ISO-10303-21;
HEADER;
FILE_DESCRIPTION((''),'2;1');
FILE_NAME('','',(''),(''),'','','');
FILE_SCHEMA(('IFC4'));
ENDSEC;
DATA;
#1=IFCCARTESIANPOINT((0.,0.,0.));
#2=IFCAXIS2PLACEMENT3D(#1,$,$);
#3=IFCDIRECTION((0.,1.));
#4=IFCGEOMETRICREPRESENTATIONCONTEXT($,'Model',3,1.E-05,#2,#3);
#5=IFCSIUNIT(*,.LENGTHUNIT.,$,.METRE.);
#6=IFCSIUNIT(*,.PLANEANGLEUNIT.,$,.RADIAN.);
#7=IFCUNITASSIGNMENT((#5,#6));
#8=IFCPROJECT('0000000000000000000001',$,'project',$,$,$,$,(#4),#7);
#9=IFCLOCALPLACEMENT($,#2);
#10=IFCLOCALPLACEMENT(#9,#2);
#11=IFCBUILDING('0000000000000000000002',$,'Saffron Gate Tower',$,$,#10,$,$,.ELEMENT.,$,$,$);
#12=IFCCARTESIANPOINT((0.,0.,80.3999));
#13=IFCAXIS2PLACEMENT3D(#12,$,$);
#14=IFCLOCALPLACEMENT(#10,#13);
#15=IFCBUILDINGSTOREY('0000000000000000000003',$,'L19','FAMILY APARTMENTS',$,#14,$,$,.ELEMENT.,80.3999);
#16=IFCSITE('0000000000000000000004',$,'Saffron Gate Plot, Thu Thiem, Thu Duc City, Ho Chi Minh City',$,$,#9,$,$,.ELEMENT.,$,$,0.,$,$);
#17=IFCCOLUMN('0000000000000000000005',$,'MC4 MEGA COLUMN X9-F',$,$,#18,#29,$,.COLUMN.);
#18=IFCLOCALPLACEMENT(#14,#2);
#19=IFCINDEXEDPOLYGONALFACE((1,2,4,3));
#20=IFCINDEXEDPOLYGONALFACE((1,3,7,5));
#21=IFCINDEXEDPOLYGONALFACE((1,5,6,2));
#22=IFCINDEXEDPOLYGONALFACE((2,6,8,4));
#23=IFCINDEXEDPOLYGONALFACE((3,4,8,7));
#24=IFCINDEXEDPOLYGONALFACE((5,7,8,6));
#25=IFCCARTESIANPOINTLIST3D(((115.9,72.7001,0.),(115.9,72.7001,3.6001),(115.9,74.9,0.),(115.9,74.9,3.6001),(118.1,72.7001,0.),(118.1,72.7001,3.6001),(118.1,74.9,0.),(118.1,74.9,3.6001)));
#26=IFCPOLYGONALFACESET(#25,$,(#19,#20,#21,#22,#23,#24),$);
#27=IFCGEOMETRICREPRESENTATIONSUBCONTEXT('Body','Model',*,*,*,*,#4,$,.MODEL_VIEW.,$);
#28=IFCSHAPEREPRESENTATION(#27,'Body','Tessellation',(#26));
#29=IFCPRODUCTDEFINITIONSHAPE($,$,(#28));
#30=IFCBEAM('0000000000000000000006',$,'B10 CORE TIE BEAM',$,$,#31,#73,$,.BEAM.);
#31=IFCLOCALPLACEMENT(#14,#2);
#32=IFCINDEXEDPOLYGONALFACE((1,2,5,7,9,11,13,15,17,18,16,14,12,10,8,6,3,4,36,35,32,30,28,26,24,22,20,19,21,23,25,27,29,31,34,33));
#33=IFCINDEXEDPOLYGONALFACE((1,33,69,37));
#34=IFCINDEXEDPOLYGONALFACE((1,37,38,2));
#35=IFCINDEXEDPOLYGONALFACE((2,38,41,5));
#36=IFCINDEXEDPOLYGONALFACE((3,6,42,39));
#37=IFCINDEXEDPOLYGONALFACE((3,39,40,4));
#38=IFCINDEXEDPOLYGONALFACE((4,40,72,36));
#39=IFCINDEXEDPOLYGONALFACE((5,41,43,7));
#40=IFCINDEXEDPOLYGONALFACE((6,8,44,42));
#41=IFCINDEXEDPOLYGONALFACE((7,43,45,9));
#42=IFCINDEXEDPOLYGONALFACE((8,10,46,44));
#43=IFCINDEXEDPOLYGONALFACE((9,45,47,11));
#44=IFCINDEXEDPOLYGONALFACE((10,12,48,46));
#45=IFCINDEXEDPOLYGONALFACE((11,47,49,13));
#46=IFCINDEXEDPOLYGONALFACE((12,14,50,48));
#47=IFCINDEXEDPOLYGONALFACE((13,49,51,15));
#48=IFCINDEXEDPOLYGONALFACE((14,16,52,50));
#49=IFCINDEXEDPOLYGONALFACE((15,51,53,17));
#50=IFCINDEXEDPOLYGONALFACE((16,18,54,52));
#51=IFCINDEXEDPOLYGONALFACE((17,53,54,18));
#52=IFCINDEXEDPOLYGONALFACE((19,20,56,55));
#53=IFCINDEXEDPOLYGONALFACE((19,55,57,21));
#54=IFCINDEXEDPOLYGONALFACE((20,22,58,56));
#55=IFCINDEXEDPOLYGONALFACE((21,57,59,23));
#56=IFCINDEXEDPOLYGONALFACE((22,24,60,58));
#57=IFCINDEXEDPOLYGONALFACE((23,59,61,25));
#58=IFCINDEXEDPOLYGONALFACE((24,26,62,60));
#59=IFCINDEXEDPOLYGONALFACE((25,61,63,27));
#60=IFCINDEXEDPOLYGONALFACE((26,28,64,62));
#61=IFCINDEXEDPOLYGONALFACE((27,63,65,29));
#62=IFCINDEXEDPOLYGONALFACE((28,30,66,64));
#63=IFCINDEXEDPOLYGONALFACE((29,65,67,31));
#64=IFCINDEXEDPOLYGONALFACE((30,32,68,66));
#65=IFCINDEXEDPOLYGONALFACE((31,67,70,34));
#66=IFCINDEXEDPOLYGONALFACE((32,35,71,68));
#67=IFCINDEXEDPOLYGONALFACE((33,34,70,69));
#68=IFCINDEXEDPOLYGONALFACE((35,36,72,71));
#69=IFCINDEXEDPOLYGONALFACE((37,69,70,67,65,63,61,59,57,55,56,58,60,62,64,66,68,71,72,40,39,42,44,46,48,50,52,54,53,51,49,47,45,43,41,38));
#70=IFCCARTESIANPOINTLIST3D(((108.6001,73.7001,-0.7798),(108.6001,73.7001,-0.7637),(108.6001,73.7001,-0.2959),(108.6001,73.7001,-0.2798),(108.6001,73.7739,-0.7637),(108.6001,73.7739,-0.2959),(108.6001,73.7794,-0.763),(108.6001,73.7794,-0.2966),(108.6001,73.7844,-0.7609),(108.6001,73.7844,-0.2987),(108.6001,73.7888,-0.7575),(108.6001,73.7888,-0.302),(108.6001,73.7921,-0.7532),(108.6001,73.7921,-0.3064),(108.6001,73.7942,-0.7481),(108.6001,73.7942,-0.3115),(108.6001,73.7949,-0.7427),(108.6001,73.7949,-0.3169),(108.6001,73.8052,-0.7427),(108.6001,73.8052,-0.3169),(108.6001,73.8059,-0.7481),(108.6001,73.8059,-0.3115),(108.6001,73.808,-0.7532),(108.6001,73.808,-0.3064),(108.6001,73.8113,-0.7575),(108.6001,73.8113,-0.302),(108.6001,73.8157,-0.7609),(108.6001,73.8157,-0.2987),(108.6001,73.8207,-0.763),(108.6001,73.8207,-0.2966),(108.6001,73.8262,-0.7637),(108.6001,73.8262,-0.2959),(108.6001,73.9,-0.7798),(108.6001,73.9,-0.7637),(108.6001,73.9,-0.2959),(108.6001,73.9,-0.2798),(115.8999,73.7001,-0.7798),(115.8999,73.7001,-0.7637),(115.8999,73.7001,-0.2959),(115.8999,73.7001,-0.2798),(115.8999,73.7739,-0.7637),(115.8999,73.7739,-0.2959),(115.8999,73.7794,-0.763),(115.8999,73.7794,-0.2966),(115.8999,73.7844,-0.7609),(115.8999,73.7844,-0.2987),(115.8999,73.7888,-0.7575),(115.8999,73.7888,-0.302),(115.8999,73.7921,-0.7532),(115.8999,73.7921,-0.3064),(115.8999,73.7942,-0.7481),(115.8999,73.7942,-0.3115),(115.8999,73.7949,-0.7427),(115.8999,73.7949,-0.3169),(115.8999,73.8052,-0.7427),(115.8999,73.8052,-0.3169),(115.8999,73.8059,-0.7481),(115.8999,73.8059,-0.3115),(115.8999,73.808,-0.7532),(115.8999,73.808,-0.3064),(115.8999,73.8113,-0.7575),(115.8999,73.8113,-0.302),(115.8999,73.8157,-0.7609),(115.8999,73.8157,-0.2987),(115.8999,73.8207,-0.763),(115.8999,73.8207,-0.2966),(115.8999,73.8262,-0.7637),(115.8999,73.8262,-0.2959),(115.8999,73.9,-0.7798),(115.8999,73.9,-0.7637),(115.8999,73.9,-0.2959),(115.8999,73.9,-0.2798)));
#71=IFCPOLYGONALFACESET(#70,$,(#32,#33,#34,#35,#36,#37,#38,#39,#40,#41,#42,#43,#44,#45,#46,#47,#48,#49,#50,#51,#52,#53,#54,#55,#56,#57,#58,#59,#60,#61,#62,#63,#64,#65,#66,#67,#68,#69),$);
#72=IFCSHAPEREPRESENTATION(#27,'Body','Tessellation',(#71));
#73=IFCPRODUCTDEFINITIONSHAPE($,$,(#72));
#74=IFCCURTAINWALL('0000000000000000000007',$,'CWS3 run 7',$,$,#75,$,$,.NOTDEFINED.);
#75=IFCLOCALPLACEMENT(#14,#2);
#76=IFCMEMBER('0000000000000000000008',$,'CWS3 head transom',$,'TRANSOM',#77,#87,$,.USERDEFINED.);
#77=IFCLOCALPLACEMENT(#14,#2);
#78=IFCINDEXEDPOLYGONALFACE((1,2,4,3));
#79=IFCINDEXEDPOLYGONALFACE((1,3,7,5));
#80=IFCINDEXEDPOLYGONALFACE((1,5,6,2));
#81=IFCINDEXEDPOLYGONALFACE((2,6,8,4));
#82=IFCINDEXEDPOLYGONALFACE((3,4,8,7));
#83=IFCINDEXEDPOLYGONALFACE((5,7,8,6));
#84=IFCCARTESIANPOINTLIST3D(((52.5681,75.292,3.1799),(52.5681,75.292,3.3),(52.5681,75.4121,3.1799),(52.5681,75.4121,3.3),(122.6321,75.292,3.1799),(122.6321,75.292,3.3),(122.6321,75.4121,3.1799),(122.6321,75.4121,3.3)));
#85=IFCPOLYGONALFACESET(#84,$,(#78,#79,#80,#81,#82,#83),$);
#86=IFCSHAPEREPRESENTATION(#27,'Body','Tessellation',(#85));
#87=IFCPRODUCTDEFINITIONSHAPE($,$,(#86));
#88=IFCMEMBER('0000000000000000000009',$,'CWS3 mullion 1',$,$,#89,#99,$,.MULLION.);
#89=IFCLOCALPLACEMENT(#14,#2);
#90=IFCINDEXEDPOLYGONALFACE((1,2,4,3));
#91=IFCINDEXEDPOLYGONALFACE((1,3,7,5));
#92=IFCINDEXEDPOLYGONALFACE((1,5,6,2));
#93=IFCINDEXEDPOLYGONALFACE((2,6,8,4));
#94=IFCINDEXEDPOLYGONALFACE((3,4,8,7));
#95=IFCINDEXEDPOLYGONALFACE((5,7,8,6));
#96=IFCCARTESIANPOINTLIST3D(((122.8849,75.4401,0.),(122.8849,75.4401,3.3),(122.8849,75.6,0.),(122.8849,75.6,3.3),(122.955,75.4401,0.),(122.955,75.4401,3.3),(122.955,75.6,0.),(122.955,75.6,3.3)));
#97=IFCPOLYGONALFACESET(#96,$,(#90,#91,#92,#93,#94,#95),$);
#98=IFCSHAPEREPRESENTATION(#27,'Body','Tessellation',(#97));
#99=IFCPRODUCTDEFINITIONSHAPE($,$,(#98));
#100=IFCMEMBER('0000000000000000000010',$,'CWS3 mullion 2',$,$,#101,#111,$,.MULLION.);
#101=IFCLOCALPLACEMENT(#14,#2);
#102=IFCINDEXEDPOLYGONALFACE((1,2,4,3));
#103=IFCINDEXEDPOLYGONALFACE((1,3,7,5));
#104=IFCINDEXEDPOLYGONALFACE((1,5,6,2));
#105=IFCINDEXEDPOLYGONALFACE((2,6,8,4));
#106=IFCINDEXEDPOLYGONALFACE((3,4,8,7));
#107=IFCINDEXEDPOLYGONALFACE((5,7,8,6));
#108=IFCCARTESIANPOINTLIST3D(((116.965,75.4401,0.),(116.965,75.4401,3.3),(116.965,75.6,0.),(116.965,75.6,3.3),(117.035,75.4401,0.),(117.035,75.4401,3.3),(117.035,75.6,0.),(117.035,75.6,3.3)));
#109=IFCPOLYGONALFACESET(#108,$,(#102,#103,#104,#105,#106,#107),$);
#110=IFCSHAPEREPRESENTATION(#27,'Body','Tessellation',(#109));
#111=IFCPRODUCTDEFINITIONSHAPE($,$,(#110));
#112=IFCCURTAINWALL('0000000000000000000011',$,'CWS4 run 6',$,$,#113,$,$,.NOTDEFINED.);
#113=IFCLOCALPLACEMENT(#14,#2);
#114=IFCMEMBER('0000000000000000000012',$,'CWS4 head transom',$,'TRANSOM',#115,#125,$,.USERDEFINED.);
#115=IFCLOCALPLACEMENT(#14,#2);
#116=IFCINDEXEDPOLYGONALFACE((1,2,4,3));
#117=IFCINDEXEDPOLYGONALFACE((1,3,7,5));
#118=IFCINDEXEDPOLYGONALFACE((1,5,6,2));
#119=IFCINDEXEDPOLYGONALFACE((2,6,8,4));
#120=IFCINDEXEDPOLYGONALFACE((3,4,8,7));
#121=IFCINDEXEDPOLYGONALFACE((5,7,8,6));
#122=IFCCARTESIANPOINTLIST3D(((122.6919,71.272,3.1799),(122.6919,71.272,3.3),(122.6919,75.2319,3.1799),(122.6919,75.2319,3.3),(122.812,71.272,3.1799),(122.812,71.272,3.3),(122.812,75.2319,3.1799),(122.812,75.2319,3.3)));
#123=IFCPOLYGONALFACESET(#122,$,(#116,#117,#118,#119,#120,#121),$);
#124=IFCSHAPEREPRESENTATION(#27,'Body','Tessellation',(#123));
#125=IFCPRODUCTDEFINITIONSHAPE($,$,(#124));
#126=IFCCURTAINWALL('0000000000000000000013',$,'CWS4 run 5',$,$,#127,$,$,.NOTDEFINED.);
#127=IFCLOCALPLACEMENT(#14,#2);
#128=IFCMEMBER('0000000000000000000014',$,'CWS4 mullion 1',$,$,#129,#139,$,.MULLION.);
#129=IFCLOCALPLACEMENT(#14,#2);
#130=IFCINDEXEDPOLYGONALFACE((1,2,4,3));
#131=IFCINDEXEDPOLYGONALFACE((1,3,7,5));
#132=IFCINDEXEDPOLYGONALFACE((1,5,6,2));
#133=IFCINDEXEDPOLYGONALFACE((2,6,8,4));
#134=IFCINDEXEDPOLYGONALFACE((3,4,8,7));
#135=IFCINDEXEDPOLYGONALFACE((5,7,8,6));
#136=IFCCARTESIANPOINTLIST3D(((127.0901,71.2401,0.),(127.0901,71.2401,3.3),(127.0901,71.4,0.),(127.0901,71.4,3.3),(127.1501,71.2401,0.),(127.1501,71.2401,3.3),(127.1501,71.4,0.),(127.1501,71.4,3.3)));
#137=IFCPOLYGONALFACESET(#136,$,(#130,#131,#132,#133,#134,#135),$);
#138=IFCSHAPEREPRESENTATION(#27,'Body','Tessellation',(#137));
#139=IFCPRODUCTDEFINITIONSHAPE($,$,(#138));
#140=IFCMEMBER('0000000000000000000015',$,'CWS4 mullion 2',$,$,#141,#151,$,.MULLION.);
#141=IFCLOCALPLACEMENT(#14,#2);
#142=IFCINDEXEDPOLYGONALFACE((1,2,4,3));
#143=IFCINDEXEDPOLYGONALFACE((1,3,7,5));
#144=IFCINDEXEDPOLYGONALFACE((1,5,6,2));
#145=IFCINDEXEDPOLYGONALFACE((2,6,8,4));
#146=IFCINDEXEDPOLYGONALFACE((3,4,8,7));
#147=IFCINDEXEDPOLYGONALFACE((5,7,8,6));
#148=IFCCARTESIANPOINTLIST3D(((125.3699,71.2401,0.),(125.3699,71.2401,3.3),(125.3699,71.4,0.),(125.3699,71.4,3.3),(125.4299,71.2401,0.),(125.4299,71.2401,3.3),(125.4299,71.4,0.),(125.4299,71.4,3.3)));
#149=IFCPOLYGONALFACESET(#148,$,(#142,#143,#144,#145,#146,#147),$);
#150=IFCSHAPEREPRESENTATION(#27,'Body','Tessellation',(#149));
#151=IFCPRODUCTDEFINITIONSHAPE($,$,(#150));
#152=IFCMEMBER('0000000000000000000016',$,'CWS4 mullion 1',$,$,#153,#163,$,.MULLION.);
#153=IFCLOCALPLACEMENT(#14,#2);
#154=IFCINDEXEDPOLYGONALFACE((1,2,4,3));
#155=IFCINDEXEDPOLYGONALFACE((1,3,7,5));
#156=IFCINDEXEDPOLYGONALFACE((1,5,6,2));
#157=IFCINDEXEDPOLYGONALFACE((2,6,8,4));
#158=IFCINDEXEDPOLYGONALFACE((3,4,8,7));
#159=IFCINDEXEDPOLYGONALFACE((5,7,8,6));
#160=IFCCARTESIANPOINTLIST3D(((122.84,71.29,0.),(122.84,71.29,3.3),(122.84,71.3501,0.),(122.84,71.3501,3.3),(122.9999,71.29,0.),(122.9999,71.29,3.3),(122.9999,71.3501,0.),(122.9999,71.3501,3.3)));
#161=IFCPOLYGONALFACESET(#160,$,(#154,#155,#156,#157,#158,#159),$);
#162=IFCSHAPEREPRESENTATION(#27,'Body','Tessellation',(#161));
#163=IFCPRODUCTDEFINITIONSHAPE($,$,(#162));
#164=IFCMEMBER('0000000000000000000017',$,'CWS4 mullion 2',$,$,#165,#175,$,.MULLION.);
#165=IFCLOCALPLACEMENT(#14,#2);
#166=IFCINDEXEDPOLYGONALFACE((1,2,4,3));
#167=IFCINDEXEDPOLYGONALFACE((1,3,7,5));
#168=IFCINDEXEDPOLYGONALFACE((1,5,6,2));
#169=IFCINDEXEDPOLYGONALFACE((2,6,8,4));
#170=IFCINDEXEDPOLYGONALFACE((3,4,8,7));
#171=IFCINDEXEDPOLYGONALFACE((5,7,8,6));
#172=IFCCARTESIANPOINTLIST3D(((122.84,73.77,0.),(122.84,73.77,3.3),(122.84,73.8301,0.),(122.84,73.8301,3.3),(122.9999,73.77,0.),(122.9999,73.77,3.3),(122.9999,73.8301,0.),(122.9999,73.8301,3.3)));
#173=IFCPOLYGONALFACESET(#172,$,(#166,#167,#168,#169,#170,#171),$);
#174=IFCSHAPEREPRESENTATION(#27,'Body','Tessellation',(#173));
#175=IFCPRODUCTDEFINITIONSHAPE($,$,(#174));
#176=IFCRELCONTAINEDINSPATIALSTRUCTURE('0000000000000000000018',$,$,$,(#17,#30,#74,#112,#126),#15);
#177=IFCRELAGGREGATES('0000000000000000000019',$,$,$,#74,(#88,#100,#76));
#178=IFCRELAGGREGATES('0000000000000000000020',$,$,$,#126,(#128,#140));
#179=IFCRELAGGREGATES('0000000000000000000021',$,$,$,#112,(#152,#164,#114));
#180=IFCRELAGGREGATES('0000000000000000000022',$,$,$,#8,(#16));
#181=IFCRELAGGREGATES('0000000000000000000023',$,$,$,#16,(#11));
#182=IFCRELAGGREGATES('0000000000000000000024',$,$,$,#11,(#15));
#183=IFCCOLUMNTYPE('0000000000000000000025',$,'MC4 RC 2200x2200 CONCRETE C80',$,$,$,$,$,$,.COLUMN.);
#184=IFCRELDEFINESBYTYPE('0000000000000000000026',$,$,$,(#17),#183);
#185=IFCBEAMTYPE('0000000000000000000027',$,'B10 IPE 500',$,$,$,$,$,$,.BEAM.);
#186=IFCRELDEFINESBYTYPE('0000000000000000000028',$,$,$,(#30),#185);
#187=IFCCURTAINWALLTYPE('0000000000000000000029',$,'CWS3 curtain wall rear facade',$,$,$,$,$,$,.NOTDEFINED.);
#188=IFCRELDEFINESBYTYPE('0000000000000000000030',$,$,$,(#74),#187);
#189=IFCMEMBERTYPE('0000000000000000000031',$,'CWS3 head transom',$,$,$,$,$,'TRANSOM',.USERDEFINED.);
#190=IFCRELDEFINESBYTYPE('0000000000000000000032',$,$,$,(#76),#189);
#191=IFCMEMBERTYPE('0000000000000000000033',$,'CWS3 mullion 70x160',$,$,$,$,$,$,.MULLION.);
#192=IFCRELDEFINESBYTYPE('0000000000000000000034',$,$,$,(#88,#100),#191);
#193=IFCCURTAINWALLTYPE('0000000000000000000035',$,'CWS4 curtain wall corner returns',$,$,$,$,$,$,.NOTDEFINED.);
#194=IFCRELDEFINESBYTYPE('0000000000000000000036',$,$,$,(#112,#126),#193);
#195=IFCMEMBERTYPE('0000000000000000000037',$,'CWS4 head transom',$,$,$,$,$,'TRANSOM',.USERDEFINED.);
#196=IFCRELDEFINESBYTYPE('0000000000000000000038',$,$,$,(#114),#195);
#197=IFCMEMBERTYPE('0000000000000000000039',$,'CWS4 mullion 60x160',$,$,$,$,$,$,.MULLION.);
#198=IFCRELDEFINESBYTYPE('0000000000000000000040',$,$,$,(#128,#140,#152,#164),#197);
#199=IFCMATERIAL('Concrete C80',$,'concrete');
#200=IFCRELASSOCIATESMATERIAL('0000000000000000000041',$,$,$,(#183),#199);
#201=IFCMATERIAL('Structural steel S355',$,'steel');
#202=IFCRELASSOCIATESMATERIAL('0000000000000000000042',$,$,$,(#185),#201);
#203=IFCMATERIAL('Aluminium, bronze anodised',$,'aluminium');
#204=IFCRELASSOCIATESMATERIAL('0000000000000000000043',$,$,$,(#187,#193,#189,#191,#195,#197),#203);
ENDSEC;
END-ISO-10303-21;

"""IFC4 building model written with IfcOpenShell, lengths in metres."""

from ifc_helpers import new_model, si_unit, direction, frame, origin, origin_2d, place, context, subcontext, project, spatial, rectangle, i_section, extrude, material, material_profile, profile_set, type_object, element, aggregate, save


model = new_model("IFC4")

# Units and contexts
model_context = context("Model", 3, precision=1e-05, world=origin(), true_north=direction((0.0, 1.0)))
body_context = subcontext(model_context, "Body", "Model", "MODEL_VIEW")
ifc_project = project(units=[si_unit("LENGTHUNIT", "METRE"), si_unit("PLANEANGLEUNIT", "RADIAN")], contexts=[model_context])

# Site, building, storey
site_placement = place(None, origin())
site = spatial("IfcSite", under=ifc_project, at=site_placement, Name="Saffron Gate Plot, Thu Thiem, Thu Duc City, Ho Chi Minh City", CompositionType="ELEMENT", RefElevation=0.0)
building_placement = place(site_placement, origin())
building = spatial("IfcBuilding", under=site, at=building_placement, Name="Saffron Gate Tower", CompositionType="ELEMENT")
storey_placement = place(building_placement, frame((0.0, 0.0, 80.3999)))
storey = spatial("IfcBuildingStorey", under=building, at=storey_placement, Name="L19", Description="FAMILY APARTMENTS", CompositionType="ELEMENT", Elevation=80.3999)

# Column
ifc_material_1 = material(Name="Concrete C80", Category="concrete")
ifc_material_profile_1 = material_profile(ifc_material_1, rectangle(XDim=2.2, YDim=2.2, at=origin_2d()))
ifc_profile_set_1 = profile_set([ifc_material_profile_1], Name="Concrete C80")
column_type = type_object("IfcColumnType", Name="MC4 RC 2200x2200 CONCRETE C80", PredefinedType="COLUMN", material=ifc_profile_set_1)
column_placement = place(storey_placement, frame((117.0, 73.8, 0.0), z_axis=(0.0, 0.0, 1.0), x_axis=(1.0, 0.0, 0.0)))
element("IfcColumn", 1, at=column_placement, inside=storey, type_object=column_type, Name="MC4 MEGA COLUMN X9-F", PredefinedType="COLUMN", context=body_context, shape_type="SweptSolid", body=[
    extrude(rectangle(XDim=2.2, YDim=2.2, at=origin_2d()), origin(), (0.0, 0.0, 1.0), 3.6001),
])

# Beam
ifc_material_2 = material(Name="Structural steel S355", Category="steel")
ifc_material_profile_2 = material_profile(ifc_material_2, i_section(OverallWidth=0.2, OverallDepth=0.5, WebThickness=0.0103, FlangeThickness=0.0161, FilletRadius=0.021, at=origin_2d()))
ifc_profile_set_2 = profile_set([ifc_material_profile_2], Name="Structural steel S355")
beam_type = type_object("IfcBeamType", Name="B10 IPE 500", PredefinedType="BEAM", material=ifc_profile_set_2)
beam_placement = place(storey_placement, frame((115.8999, 73.8, -0.5298), z_axis=(-1.0, 0.0, 0.0), x_axis=(0.0, -1.0, 0.0)))
element("IfcBeam", 2, at=beam_placement, inside=storey, type_object=beam_type, Name="B10 CORE TIE BEAM", PredefinedType="BEAM", context=body_context, shape_type="SweptSolid", body=[
    extrude(i_section(OverallWidth=0.2, OverallDepth=0.5, WebThickness=0.0103, FlangeThickness=0.0161, FilletRadius=0.021, at=origin_2d()), origin(), (0.0, 0.0, 1.0), 7.2998),
])

# Curtain wall, members
ifc_material_3 = material(Name="Aluminium, bronze anodised", Category="aluminium")
curtain_wall_type_1 = type_object("IfcCurtainWallType", Name="CWS3 curtain wall rear facade", PredefinedType="NOTDEFINED", material=ifc_material_3)
curtain_wall_1_placement = place(storey_placement, origin())
curtain_wall_1 = element("IfcCurtainWall", 3, at=curtain_wall_1_placement, inside=storey, type_object=curtain_wall_type_1, Name="CWS3 run 7", PredefinedType="NOTDEFINED")
ifc_material_profile_3 = material_profile(ifc_material_3, rectangle(XDim=0.1201, YDim=0.1201, at=origin_2d()))
ifc_profile_set_3 = profile_set([ifc_material_profile_3], Name="Aluminium, bronze anodised")
member_type_1 = type_object("IfcMemberType", Name="CWS3 head transom", ElementType="TRANSOM", PredefinedType="USERDEFINED", material=ifc_profile_set_3)
member_1_placement = place(storey_placement, frame((122.6321, 75.3521, 3.24), z_axis=(-1.0, 0.0, 0.0), x_axis=(0.0, -1.0, 0.0)))
member_1 = element("IfcMember", 4, at=member_1_placement, type_object=member_type_1, Name="CWS3 head transom", ObjectType="TRANSOM", PredefinedType="USERDEFINED", context=body_context, shape_type="SweptSolid", body=[
    extrude(rectangle(XDim=0.1201, YDim=0.1201, at=origin_2d()), origin(), (0.0, 0.0, 1.0), 70.064),
])
ifc_material_profile_4 = material_profile(ifc_material_3, rectangle(XDim=0.1599, YDim=0.0701, at=origin_2d()))
ifc_profile_set_4 = profile_set([ifc_material_profile_4], Name="Aluminium, bronze anodised")
member_type_2 = type_object("IfcMemberType", Name="CWS3 mullion 70x160", PredefinedType="MULLION", material=ifc_profile_set_4)
member_2_placement = place(storey_placement, frame((122.9199, 75.52, 0.0), z_axis=(0.0, 0.0, 1.0), x_axis=(0.0, -1.0, 0.0)))
member_2 = element("IfcMember", 5, at=member_2_placement, type_object=member_type_2, Name="CWS3 mullion 1", PredefinedType="MULLION", context=body_context, shape_type="SweptSolid", body=[
    extrude(rectangle(XDim=0.1599, YDim=0.0701, at=origin_2d()), origin(), (0.0, 0.0, 1.0), 3.3),
])
member_3_placement = place(storey_placement, frame((117.0, 75.52, 0.0), z_axis=(0.0, 0.0, 1.0), x_axis=(0.0, -1.0, 0.0)))
member_3 = element("IfcMember", 6, at=member_3_placement, type_object=member_type_2, Name="CWS3 mullion 2", PredefinedType="MULLION", context=body_context, shape_type="SweptSolid", body=[
    extrude(rectangle(XDim=0.1599, YDim=0.0701, at=origin_2d()), origin(), (0.0, 0.0, 1.0), 3.3),
])

# Curtain wall, member
curtain_wall_type_2 = type_object("IfcCurtainWallType", Name="CWS4 curtain wall corner returns", PredefinedType="NOTDEFINED", material=ifc_material_3)
curtain_wall_2_placement = place(storey_placement, origin())
curtain_wall_2 = element("IfcCurtainWall", 7, at=curtain_wall_2_placement, inside=storey, type_object=curtain_wall_type_2, Name="CWS4 run 6", PredefinedType="NOTDEFINED")
ifc_material_profile_5 = material_profile(ifc_material_3, rectangle(XDim=0.1201, YDim=0.1201, at=origin_2d()))
ifc_profile_set_5 = profile_set([ifc_material_profile_5], Name="Aluminium, bronze anodised")
member_type_3 = type_object("IfcMemberType", Name="CWS4 head transom", ElementType="TRANSOM", PredefinedType="USERDEFINED", material=ifc_profile_set_5)
member_4_placement = place(storey_placement, frame((122.752, 71.272, 3.24), z_axis=(0.0, 1.0, 0.0), x_axis=(-1.0, 0.0, 0.0)))
member_4 = element("IfcMember", 8, at=member_4_placement, type_object=member_type_3, Name="CWS4 head transom", ObjectType="TRANSOM", PredefinedType="USERDEFINED", context=body_context, shape_type="SweptSolid", body=[
    extrude(rectangle(XDim=0.1201, YDim=0.1201, at=origin_2d()), origin(), (0.0, 0.0, 1.0), 3.96),
])

# Curtain wall, members
curtain_wall_3_placement = place(storey_placement, origin())
curtain_wall_3 = element("IfcCurtainWall", 9, at=curtain_wall_3_placement, inside=storey, type_object=curtain_wall_type_2, Name="CWS4 run 5", PredefinedType="NOTDEFINED")
ifc_material_profile_6 = material_profile(ifc_material_3, rectangle(XDim=0.1599, YDim=0.0601, at=origin_2d()))
ifc_profile_set_6 = profile_set([ifc_material_profile_6], Name="Aluminium, bronze anodised")
member_type_4 = type_object("IfcMemberType", Name="CWS4 mullion 60x160", PredefinedType="MULLION", material=ifc_profile_set_6)
member_5_placement = place(storey_placement, frame((127.1201, 71.3201, 0.0), z_axis=(0.0, 0.0, 1.0), x_axis=(0.0, -1.0, 0.0)))
member_5 = element("IfcMember", 10, at=member_5_placement, type_object=member_type_4, Name="CWS4 mullion 1", PredefinedType="MULLION", context=body_context, shape_type="SweptSolid", body=[
    extrude(rectangle(XDim=0.1599, YDim=0.0601, at=origin_2d()), origin(), (0.0, 0.0, 1.0), 3.3),
])
member_6_placement = place(storey_placement, frame((125.3999, 71.3201, 0.0), z_axis=(0.0, 0.0, 1.0), x_axis=(0.0, -1.0, 0.0)))
member_6 = element("IfcMember", 11, at=member_6_placement, type_object=member_type_4, Name="CWS4 mullion 2", PredefinedType="MULLION", context=body_context, shape_type="SweptSolid", body=[
    extrude(rectangle(XDim=0.1599, YDim=0.0601, at=origin_2d()), origin(), (0.0, 0.0, 1.0), 3.3),
])

# Members
member_7_placement = place(storey_placement, frame((122.9199, 71.3201, 0.0), z_axis=(0.0, 0.0, 1.0), x_axis=(-1.0, 0.0, 0.0)))
member_7 = element("IfcMember", 12, at=member_7_placement, type_object=member_type_4, Name="CWS4 mullion 1", PredefinedType="MULLION", context=body_context, shape_type="SweptSolid", body=[
    extrude(rectangle(XDim=0.1599, YDim=0.0601, at=origin_2d()), origin(), (0.0, 0.0, 1.0), 3.3),
])
member_8_placement = place(storey_placement, frame((122.9199, 73.8, 0.0), z_axis=(0.0, 0.0, 1.0), x_axis=(-1.0, 0.0, 0.0)))
member_8 = element("IfcMember", 13, at=member_8_placement, type_object=member_type_4, Name="CWS4 mullion 2", PredefinedType="MULLION", context=body_context, shape_type="SweptSolid", body=[
    extrude(rectangle(XDim=0.1599, YDim=0.0601, at=origin_2d()), origin(), (0.0, 0.0, 1.0), 3.3),
])

aggregate(curtain_wall_1, [member_2, member_3, member_1])

aggregate(curtain_wall_3, [member_5, member_6])
aggregate(curtain_wall_2, [member_7, member_8, member_4])

save(model, "model.ifc")
